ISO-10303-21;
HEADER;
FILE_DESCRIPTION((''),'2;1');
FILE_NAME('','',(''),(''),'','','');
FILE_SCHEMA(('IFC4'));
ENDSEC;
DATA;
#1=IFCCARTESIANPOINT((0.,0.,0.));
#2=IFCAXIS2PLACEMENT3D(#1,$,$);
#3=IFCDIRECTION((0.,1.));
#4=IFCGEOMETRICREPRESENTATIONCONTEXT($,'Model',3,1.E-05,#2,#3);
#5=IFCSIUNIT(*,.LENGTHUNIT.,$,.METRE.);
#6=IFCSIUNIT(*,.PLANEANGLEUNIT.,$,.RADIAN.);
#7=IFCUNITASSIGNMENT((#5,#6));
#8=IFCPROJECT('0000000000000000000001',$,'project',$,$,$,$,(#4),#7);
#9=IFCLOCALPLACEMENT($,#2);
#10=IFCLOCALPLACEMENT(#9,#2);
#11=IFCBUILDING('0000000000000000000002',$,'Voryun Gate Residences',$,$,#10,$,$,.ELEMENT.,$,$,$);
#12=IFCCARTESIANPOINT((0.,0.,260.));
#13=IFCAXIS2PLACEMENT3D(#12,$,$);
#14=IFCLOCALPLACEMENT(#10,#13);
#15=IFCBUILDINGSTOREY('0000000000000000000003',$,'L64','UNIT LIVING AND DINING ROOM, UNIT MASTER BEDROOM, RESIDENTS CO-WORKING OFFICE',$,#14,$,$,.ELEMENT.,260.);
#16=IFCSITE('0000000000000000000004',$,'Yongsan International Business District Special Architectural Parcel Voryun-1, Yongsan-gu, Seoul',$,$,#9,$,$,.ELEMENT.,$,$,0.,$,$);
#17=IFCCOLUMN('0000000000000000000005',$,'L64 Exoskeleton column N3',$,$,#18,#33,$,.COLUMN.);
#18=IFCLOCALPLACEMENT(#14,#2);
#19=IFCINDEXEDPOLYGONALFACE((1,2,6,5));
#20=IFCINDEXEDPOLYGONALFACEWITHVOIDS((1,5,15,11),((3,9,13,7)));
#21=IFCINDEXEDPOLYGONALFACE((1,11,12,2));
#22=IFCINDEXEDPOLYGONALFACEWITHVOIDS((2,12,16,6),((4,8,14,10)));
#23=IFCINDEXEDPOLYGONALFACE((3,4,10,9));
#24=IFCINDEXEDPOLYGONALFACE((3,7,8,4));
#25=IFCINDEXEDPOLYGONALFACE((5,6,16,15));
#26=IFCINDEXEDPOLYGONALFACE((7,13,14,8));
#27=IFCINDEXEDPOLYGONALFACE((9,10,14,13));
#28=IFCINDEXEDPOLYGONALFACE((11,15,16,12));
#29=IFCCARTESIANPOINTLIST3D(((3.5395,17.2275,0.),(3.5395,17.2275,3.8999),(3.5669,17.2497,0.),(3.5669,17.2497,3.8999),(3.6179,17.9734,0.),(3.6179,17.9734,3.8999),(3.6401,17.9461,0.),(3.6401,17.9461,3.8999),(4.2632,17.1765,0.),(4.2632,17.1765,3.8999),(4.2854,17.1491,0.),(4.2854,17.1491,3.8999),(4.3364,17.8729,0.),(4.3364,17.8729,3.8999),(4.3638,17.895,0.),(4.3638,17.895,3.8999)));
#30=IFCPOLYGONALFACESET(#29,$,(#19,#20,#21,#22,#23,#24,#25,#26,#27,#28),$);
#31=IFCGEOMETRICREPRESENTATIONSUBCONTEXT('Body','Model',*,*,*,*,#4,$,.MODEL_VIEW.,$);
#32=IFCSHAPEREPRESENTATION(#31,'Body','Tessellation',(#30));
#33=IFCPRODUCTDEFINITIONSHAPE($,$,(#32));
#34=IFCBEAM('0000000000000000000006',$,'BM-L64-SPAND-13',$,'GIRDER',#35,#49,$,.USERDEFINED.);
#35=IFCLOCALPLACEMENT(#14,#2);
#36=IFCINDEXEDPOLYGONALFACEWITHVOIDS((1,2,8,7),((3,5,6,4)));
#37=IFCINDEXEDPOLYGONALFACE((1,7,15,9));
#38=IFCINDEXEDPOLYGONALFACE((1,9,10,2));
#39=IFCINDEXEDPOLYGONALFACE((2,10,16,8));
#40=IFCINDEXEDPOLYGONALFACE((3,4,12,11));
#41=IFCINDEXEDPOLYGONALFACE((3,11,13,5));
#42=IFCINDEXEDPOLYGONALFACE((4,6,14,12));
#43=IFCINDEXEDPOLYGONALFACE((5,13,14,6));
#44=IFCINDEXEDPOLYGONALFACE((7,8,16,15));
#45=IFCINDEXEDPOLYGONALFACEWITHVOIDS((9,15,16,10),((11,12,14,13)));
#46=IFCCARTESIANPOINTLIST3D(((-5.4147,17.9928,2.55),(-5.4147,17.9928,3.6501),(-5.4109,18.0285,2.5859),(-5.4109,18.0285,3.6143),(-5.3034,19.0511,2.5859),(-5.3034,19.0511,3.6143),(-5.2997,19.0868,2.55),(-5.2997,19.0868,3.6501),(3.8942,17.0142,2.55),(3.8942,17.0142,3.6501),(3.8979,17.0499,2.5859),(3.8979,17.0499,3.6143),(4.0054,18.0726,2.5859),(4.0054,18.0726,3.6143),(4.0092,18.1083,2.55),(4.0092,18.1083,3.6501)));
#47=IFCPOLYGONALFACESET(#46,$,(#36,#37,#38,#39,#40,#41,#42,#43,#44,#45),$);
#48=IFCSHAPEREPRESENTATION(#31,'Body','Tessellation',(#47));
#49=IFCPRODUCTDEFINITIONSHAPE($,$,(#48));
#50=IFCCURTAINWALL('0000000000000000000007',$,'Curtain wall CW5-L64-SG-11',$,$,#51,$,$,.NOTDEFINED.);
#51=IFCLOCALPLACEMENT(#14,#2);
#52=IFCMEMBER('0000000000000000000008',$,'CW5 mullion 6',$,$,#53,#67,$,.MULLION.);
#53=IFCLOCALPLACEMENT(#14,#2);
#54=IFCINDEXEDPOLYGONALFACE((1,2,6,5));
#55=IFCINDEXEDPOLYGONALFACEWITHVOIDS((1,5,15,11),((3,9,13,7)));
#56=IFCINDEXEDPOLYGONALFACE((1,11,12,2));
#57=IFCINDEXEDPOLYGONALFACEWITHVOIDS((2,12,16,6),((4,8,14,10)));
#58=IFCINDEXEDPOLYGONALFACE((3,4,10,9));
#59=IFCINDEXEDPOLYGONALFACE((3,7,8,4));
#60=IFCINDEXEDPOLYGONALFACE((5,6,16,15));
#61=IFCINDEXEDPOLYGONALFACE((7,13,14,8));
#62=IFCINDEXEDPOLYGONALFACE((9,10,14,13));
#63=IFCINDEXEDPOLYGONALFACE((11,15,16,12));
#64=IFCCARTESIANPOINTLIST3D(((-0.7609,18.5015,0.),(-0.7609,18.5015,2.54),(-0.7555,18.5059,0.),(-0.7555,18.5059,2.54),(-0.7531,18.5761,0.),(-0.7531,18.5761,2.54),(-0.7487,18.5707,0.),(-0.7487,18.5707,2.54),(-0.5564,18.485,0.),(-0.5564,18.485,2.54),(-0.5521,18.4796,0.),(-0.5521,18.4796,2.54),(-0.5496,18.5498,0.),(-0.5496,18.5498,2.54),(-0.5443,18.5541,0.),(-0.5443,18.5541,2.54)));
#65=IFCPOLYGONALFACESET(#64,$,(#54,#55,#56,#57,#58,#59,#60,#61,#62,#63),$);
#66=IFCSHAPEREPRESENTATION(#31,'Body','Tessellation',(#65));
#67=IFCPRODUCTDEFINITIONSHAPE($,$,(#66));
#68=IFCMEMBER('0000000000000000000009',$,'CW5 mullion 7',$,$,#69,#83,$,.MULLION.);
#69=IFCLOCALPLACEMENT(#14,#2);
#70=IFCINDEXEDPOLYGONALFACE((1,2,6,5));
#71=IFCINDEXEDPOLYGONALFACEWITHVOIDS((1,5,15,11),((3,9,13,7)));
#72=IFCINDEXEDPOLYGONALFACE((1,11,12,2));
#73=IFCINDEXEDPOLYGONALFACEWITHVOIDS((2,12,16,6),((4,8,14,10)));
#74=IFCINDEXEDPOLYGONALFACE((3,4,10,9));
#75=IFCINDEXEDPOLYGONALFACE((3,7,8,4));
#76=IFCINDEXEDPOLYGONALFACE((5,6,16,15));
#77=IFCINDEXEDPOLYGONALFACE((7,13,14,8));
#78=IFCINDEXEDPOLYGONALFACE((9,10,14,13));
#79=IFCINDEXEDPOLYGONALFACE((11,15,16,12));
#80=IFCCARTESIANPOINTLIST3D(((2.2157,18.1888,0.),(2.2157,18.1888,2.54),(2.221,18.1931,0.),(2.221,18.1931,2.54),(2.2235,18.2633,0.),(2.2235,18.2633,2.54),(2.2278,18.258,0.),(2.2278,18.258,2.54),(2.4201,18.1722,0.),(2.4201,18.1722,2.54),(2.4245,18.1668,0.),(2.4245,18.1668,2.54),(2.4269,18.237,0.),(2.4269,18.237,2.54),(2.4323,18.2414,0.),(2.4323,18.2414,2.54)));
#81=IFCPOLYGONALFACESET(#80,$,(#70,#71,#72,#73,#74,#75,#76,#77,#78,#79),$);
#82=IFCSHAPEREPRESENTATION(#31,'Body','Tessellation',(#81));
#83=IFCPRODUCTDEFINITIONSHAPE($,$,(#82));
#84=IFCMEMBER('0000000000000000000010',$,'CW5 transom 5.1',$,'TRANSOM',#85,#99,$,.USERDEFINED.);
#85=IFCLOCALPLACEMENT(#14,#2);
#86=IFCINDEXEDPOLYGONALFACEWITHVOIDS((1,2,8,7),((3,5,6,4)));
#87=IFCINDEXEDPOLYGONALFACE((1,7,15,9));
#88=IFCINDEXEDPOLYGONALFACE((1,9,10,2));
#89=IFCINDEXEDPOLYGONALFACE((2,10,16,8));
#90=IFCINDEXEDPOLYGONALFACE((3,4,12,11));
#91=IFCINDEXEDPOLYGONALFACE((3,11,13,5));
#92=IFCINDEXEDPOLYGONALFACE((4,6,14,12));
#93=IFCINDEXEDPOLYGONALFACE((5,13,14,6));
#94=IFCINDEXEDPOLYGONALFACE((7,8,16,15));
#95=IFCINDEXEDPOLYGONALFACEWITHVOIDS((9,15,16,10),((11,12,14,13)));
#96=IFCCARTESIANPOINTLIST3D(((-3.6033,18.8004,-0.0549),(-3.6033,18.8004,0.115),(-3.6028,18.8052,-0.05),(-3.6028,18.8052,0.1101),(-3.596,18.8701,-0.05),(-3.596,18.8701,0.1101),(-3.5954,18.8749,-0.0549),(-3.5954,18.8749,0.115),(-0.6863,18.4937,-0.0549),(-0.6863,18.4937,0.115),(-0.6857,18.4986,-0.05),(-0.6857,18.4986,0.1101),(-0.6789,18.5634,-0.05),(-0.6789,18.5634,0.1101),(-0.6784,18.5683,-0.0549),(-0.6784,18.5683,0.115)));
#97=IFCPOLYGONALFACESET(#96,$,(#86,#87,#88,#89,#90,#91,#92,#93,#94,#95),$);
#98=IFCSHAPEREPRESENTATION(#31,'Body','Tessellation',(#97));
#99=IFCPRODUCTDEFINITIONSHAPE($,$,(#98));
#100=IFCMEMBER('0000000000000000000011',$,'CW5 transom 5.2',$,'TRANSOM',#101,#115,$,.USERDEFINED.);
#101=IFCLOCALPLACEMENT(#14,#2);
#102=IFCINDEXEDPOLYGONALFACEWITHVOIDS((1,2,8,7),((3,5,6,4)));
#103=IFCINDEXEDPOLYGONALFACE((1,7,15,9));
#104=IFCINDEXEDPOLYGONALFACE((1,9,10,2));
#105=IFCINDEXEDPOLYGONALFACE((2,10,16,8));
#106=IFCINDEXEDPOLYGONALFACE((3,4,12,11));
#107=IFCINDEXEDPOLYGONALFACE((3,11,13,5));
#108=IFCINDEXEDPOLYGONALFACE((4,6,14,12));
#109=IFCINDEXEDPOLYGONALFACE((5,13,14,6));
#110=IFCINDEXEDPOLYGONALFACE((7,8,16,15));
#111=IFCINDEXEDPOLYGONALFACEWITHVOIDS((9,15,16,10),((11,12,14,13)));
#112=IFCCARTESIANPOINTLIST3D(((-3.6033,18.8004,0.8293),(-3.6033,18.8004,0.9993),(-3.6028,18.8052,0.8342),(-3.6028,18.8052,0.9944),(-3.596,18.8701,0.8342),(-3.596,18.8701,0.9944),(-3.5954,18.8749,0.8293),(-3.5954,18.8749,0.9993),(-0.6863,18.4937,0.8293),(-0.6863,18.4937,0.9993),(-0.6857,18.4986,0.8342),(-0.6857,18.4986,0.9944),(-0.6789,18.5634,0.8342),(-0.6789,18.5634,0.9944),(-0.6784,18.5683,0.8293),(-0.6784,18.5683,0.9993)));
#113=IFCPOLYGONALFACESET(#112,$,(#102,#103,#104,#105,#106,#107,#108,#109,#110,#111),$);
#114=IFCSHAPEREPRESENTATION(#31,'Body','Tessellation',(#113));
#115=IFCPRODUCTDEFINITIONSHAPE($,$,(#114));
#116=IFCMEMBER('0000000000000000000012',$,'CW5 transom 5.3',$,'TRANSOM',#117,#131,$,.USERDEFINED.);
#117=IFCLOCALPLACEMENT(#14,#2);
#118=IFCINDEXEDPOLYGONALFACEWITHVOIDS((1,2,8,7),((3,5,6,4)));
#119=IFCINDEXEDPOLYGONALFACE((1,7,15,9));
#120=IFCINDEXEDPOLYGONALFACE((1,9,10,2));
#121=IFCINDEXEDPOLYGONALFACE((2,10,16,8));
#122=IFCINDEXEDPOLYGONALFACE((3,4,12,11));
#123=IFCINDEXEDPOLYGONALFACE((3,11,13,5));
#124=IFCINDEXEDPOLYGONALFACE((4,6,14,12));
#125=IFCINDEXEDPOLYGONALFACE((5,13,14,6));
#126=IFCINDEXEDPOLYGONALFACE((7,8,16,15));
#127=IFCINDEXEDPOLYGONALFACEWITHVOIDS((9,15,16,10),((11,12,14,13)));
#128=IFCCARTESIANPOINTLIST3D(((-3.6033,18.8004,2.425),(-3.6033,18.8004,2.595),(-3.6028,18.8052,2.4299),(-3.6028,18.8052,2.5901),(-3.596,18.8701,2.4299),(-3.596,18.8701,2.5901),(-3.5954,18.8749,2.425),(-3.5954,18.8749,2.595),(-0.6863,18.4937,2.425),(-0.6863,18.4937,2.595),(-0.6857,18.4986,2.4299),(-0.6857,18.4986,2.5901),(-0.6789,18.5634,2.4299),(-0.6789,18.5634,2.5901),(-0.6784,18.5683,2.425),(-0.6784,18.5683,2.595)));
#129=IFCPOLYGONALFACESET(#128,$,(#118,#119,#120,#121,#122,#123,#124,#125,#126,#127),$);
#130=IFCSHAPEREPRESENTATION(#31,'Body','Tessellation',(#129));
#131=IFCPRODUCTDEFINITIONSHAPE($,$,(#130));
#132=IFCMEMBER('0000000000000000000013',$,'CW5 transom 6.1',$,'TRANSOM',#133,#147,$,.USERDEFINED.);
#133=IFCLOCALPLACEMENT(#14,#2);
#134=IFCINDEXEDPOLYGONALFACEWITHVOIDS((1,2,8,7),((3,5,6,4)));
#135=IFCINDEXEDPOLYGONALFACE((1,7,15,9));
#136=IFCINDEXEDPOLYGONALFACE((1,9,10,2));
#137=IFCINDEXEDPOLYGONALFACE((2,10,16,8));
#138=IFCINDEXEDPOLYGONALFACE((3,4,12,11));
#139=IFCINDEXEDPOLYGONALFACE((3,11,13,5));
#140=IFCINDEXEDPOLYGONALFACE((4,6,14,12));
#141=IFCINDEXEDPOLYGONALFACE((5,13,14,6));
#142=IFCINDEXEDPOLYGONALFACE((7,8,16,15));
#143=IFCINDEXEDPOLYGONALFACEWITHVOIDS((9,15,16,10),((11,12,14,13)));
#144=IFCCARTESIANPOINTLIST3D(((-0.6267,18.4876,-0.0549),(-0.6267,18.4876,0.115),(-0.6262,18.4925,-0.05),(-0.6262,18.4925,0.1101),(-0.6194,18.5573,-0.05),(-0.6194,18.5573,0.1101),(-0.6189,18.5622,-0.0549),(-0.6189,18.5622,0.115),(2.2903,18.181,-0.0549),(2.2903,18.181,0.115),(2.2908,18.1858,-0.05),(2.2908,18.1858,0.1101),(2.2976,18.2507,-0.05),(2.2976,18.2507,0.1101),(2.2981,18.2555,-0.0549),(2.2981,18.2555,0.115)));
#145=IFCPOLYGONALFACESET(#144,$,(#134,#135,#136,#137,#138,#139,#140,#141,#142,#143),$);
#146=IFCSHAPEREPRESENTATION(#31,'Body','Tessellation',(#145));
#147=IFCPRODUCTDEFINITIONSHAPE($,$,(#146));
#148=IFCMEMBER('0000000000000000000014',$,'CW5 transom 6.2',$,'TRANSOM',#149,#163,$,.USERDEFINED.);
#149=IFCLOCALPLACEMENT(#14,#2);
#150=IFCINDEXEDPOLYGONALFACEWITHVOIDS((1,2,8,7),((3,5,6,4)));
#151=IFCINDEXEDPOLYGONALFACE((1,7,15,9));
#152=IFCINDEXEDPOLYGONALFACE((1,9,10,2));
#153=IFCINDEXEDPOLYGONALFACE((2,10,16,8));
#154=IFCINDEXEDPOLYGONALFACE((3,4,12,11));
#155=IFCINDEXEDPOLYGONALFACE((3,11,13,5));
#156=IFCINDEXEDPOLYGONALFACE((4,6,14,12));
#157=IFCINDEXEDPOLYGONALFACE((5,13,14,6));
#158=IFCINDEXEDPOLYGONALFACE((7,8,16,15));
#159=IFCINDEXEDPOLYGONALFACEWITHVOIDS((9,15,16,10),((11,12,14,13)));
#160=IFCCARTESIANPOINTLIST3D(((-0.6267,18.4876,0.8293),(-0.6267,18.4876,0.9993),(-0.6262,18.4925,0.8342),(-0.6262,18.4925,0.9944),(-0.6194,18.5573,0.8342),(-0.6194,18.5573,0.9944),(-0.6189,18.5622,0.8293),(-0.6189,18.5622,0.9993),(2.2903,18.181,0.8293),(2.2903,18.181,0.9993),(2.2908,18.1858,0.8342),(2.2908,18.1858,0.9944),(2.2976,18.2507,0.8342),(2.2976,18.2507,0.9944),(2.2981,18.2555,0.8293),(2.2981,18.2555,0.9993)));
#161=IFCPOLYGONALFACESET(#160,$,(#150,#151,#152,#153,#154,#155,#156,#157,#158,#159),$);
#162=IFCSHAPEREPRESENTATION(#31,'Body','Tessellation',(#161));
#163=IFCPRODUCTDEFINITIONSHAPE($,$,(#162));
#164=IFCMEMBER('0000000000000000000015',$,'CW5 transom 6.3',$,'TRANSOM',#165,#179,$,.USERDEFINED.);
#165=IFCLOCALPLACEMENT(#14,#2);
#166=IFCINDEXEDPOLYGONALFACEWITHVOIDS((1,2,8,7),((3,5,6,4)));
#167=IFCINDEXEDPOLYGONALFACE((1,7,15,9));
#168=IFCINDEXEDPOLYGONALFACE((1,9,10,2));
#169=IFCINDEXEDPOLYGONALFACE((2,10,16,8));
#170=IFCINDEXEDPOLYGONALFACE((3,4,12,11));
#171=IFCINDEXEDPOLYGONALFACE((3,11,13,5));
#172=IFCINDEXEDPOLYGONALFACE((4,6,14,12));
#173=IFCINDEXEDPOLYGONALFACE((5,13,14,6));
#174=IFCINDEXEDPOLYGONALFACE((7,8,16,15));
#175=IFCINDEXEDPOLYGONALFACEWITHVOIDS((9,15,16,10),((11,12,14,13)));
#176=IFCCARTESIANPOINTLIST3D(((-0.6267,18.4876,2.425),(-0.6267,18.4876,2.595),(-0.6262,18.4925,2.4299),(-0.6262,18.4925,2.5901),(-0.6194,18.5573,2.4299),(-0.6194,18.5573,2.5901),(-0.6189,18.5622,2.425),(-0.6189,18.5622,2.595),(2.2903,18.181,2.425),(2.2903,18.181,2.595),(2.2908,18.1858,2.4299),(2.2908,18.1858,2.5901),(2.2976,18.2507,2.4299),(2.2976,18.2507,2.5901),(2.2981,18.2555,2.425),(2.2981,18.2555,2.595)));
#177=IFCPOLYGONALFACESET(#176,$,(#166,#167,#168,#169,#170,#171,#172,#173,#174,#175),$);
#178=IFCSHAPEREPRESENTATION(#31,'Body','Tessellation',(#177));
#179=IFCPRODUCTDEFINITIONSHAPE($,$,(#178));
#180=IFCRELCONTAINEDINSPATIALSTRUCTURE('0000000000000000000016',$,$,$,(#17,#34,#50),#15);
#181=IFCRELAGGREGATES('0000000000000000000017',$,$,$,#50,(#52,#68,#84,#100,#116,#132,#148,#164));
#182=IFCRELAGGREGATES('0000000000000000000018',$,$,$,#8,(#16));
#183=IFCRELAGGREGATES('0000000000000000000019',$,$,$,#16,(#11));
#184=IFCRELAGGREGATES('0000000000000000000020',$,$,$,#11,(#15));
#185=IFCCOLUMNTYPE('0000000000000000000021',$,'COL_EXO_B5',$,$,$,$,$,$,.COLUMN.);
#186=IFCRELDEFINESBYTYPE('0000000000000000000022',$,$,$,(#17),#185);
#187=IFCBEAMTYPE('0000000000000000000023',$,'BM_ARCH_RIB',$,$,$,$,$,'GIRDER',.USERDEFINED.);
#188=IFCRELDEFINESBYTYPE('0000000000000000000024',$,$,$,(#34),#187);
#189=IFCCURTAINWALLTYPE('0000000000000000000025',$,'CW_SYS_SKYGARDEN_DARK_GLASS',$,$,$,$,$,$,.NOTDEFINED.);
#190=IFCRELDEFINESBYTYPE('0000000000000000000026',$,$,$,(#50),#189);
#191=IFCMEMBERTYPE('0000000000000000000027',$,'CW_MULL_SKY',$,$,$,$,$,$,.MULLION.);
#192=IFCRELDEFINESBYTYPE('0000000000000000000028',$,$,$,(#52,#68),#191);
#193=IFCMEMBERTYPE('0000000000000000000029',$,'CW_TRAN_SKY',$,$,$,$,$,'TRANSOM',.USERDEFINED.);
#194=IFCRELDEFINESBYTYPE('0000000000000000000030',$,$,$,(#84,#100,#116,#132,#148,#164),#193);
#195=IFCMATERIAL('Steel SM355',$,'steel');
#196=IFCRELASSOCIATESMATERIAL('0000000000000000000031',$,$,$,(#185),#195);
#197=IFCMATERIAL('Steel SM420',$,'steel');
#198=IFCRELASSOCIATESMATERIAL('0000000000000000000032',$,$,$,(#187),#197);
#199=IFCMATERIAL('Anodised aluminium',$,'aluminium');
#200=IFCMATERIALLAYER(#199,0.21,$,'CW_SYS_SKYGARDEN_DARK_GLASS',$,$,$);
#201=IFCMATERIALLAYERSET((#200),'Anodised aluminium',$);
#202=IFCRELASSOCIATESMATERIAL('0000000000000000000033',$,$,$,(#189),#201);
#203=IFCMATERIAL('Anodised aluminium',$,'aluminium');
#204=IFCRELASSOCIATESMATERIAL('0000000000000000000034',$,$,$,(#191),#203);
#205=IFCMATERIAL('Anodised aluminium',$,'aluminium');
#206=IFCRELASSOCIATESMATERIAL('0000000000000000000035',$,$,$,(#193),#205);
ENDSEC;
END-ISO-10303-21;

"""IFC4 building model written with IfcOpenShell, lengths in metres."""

from ifc_helpers import new_model, si_unit, direction, frame, origin, origin_2d, place, context, subcontext, project, spatial, hollow_rectangle, extrude, material, layer, layer_set, material_profile, profile_set, type_object, element, aggregate, save


model = new_model("IFC4")

# Units and contexts
model_context = context("Model", 3, precision=1e-05, world=origin(), true_north=direction((0.0, 1.0)))
body_context = subcontext(model_context, "Body", "Model", "MODEL_VIEW")
ifc_project = project(units=[si_unit("LENGTHUNIT", "METRE"), si_unit("PLANEANGLEUNIT", "RADIAN")], contexts=[model_context])

# Site, building, storey
site_placement = place(None, origin())
site = spatial("IfcSite", under=ifc_project, at=site_placement, Name="Yongsan International Business District Special Architectural Parcel Voryun-1, Yongsan-gu, Seoul", CompositionType="ELEMENT", RefElevation=0.0)
building_placement = place(site_placement, origin())
building = spatial("IfcBuilding", under=site, at=building_placement, Name="Voryun Gate Residences", CompositionType="ELEMENT")
storey_placement = place(building_placement, frame((0.0, 0.0, 260.0)))
storey = spatial("IfcBuildingStorey", under=building, at=storey_placement, Name="L64", Description="UNIT LIVING AND DINING ROOM, UNIT MASTER BEDROOM, RESIDENTS CO-WORKING OFFICE", CompositionType="ELEMENT", Elevation=260.0)

# Column
ifc_material_1 = material(Name="Steel SM355", Category="steel")
ifc_material_profile_1 = material_profile(ifc_material_1, hollow_rectangle(XDim=0.75, YDim=0.75, WallThickness=0.0249, at=origin_2d()), Name="BOX-750x750x25")
ifc_profile_set_1 = profile_set([ifc_material_profile_1], Name="Steel SM355")
column_type = type_object("IfcColumnType", Name="COL_EXO_B5", PredefinedType="COLUMN", material=ifc_profile_set_1)
column_placement = place(storey_placement, frame((3.9517, 17.5613, 0.0), z_axis=(0.0, 0.0, 1.0), x_axis=(0.994522, -0.104528, 0.0)))
element("IfcColumn", 1, at=column_placement, inside=storey, type_object=column_type, Name="L64 Exoskeleton column N3", PredefinedType="COLUMN", context=body_context, shape_type="SweptSolid", body=[
    extrude(hollow_rectangle(XDim=0.75, YDim=0.75, WallThickness=0.0249, at=origin_2d()), origin(), (0.0, 0.0, 1.0), 3.8999),
])

# Beam
ifc_material_2 = material(Name="Steel SM420", Category="steel")
ifc_material_profile_2 = material_profile(ifc_material_2, hollow_rectangle(XDim=1.1001, YDim=1.1001, WallThickness=0.0359, at=origin_2d()), Name="BOX-1100x1100x36")
ifc_profile_set_2 = profile_set([ifc_material_profile_2], Name="Steel SM420")
beam_type = type_object("IfcBeamType", Name="BM_ARCH_RIB", ElementType="GIRDER", PredefinedType="USERDEFINED", material=ifc_profile_set_2)
beam_placement = place(storey_placement, frame((3.9517, 17.5613, 3.1001), z_axis=(-0.994521, 0.104541, 0.0), x_axis=(-0.104541, -0.994521, 0.0)))
element("IfcBeam", 2, at=beam_placement, inside=storey, type_object=beam_type, Name="BM-L64-SPAND-13", ObjectType="GIRDER", PredefinedType="USERDEFINED", context=body_context, shape_type="SweptSolid", body=[
    extrude(hollow_rectangle(XDim=1.1001, YDim=1.1001, WallThickness=0.0359, at=origin_2d()), origin(), (0.0, 0.0, 1.0), 9.3601),
])

# Curtain wall, members
ifc_material_3 = material(Name="Anodised aluminium", Category="aluminium")
ifc_layer_1 = layer(ifc_material_3, 0.21, Name="CW_SYS_SKYGARDEN_DARK_GLASS")
ifc_layer_set_1 = layer_set([ifc_layer_1], Name="Anodised aluminium")
curtain_wall_type = type_object("IfcCurtainWallType", Name="CW_SYS_SKYGARDEN_DARK_GLASS", PredefinedType="NOTDEFINED", material=ifc_layer_set_1)
curtain_wall_placement = place(storey_placement, origin())
curtain_wall = element("IfcCurtainWall", 3, at=curtain_wall_placement, inside=storey, type_object=curtain_wall_type, Name="Curtain wall CW5-L64-SG-11", PredefinedType="NOTDEFINED")
ifc_material_4 = material(Name="Anodised aluminium", Category="aluminium")
ifc_material_profile_3 = material_profile(ifc_material_4, hollow_rectangle(XDim=0.075, YDim=0.21, WallThickness=0.0049, at=origin_2d()), Name="ALU-MULL-210x75x5")
ifc_profile_set_3 = profile_set([ifc_material_profile_3], Name="Anodised aluminium")
member_type_1 = type_object("IfcMemberType", Name="CW_MULL_SKY", PredefinedType="MULLION", material=ifc_profile_set_3)
member_1_placement = place(storey_placement, frame((-0.6526, 18.5278, 0.0), z_axis=(0.0, 0.0, 1.0), x_axis=(0.104532, 0.994521, 0.0)))
member_1 = element("IfcMember", 4, at=member_1_placement, type_object=member_type_1, Name="CW5 mullion 6", PredefinedType="MULLION", context=body_context, shape_type="SweptSolid", body=[
    extrude(hollow_rectangle(XDim=0.075, YDim=0.21, WallThickness=0.0049, at=origin_2d()), origin(), (0.0, 0.0, 1.0), 2.54),
])
member_2_placement = place(storey_placement, frame((2.324, 18.2151, 0.0), z_axis=(0.0, 0.0, 1.0), x_axis=(0.104532, 0.994521, 0.0)))
member_2 = element("IfcMember", 5, at=member_2_placement, type_object=member_type_1, Name="CW5 mullion 7", PredefinedType="MULLION", context=body_context, shape_type="SweptSolid", body=[
    extrude(hollow_rectangle(XDim=0.075, YDim=0.21, WallThickness=0.0049, at=origin_2d()), origin(), (0.0, 0.0, 1.0), 2.54),
])
ifc_material_5 = material(Name="Anodised aluminium", Category="aluminium")
ifc_material_profile_4 = material_profile(ifc_material_5, hollow_rectangle(XDim=0.075, YDim=0.1699, WallThickness=0.0049, at=origin_2d()), Name="ALU-TRAN-170x75x5")
ifc_profile_set_4 = profile_set([ifc_material_profile_4], Name="Anodised aluminium")
member_type_2 = type_object("IfcMemberType", Name="CW_TRAN_SKY", ElementType="TRANSOM", PredefinedType="USERDEFINED", material=ifc_profile_set_4)
member_3_placement = place(storey_placement, frame((-3.5994, 18.8376, 0.03), z_axis=(0.99452, -0.104546, 0.0), x_axis=(0.104546, 0.99452, 0.0)))
member_3 = element("IfcMember", 6, at=member_3_placement, type_object=member_type_2, Name="CW5 transom 5.1", ObjectType="TRANSOM", PredefinedType="USERDEFINED", context=body_context, shape_type="SweptSolid", body=[
    extrude(hollow_rectangle(XDim=0.075, YDim=0.1699, WallThickness=0.0049, at=origin_2d()), origin(), (0.0, 0.0, 1.0), 2.9331),
])
member_4_placement = place(storey_placement, frame((-3.5994, 18.8376, 0.9143), z_axis=(0.99452, -0.104546, 0.0), x_axis=(0.104546, 0.99452, 0.0)))
member_4 = element("IfcMember", 7, at=member_4_placement, type_object=member_type_2, Name="CW5 transom 5.2", ObjectType="TRANSOM", PredefinedType="USERDEFINED", context=body_context, shape_type="SweptSolid", body=[
    extrude(hollow_rectangle(XDim=0.075, YDim=0.1699, WallThickness=0.0049, at=origin_2d()), origin(), (0.0, 0.0, 1.0), 2.9331),
])
member_5_placement = place(storey_placement, frame((-3.5994, 18.8376, 2.51), z_axis=(0.99452, -0.104546, 0.0), x_axis=(0.104546, 0.99452, 0.0)))
member_5 = element("IfcMember", 8, at=member_5_placement, type_object=member_type_2, Name="CW5 transom 5.3", ObjectType="TRANSOM", PredefinedType="USERDEFINED", context=body_context, shape_type="SweptSolid", body=[
    extrude(hollow_rectangle(XDim=0.075, YDim=0.1699, WallThickness=0.0049, at=origin_2d()), origin(), (0.0, 0.0, 1.0), 2.9331),
])
member_6_placement = place(storey_placement, frame((-0.6228, 18.5249, 0.03), z_axis=(0.99452, -0.104546, 0.0), x_axis=(0.104546, 0.99452, 0.0)))
member_6 = element("IfcMember", 9, at=member_6_placement, type_object=member_type_2, Name="CW5 transom 6.1", ObjectType="TRANSOM", PredefinedType="USERDEFINED", context=body_context, shape_type="SweptSolid", body=[
    extrude(hollow_rectangle(XDim=0.075, YDim=0.1699, WallThickness=0.0049, at=origin_2d()), origin(), (0.0, 0.0, 1.0), 2.9331),
])
member_7_placement = place(storey_placement, frame((-0.6228, 18.5249, 0.9143), z_axis=(0.99452, -0.104546, 0.0), x_axis=(0.104546, 0.99452, 0.0)))
member_7 = element("IfcMember", 10, at=member_7_placement, type_object=member_type_2, Name="CW5 transom 6.2", ObjectType="TRANSOM", PredefinedType="USERDEFINED", context=body_context, shape_type="SweptSolid", body=[
    extrude(hollow_rectangle(XDim=0.075, YDim=0.1699, WallThickness=0.0049, at=origin_2d()), origin(), (0.0, 0.0, 1.0), 2.9331),
])
member_8_placement = place(storey_placement, frame((-0.6228, 18.5249, 2.51), z_axis=(0.99452, -0.104546, 0.0), x_axis=(0.104546, 0.99452, 0.0)))
member_8 = element("IfcMember", 11, at=member_8_placement, type_object=member_type_2, Name="CW5 transom 6.3", ObjectType="TRANSOM", PredefinedType="USERDEFINED", context=body_context, shape_type="SweptSolid", body=[
    extrude(hollow_rectangle(XDim=0.075, YDim=0.1699, WallThickness=0.0049, at=origin_2d()), origin(), (0.0, 0.0, 1.0), 2.9331),
])
aggregate(curtain_wall, [member_1, member_2, member_3, member_4, member_5, member_6, member_7, member_8])

save(model, "model.ifc")
